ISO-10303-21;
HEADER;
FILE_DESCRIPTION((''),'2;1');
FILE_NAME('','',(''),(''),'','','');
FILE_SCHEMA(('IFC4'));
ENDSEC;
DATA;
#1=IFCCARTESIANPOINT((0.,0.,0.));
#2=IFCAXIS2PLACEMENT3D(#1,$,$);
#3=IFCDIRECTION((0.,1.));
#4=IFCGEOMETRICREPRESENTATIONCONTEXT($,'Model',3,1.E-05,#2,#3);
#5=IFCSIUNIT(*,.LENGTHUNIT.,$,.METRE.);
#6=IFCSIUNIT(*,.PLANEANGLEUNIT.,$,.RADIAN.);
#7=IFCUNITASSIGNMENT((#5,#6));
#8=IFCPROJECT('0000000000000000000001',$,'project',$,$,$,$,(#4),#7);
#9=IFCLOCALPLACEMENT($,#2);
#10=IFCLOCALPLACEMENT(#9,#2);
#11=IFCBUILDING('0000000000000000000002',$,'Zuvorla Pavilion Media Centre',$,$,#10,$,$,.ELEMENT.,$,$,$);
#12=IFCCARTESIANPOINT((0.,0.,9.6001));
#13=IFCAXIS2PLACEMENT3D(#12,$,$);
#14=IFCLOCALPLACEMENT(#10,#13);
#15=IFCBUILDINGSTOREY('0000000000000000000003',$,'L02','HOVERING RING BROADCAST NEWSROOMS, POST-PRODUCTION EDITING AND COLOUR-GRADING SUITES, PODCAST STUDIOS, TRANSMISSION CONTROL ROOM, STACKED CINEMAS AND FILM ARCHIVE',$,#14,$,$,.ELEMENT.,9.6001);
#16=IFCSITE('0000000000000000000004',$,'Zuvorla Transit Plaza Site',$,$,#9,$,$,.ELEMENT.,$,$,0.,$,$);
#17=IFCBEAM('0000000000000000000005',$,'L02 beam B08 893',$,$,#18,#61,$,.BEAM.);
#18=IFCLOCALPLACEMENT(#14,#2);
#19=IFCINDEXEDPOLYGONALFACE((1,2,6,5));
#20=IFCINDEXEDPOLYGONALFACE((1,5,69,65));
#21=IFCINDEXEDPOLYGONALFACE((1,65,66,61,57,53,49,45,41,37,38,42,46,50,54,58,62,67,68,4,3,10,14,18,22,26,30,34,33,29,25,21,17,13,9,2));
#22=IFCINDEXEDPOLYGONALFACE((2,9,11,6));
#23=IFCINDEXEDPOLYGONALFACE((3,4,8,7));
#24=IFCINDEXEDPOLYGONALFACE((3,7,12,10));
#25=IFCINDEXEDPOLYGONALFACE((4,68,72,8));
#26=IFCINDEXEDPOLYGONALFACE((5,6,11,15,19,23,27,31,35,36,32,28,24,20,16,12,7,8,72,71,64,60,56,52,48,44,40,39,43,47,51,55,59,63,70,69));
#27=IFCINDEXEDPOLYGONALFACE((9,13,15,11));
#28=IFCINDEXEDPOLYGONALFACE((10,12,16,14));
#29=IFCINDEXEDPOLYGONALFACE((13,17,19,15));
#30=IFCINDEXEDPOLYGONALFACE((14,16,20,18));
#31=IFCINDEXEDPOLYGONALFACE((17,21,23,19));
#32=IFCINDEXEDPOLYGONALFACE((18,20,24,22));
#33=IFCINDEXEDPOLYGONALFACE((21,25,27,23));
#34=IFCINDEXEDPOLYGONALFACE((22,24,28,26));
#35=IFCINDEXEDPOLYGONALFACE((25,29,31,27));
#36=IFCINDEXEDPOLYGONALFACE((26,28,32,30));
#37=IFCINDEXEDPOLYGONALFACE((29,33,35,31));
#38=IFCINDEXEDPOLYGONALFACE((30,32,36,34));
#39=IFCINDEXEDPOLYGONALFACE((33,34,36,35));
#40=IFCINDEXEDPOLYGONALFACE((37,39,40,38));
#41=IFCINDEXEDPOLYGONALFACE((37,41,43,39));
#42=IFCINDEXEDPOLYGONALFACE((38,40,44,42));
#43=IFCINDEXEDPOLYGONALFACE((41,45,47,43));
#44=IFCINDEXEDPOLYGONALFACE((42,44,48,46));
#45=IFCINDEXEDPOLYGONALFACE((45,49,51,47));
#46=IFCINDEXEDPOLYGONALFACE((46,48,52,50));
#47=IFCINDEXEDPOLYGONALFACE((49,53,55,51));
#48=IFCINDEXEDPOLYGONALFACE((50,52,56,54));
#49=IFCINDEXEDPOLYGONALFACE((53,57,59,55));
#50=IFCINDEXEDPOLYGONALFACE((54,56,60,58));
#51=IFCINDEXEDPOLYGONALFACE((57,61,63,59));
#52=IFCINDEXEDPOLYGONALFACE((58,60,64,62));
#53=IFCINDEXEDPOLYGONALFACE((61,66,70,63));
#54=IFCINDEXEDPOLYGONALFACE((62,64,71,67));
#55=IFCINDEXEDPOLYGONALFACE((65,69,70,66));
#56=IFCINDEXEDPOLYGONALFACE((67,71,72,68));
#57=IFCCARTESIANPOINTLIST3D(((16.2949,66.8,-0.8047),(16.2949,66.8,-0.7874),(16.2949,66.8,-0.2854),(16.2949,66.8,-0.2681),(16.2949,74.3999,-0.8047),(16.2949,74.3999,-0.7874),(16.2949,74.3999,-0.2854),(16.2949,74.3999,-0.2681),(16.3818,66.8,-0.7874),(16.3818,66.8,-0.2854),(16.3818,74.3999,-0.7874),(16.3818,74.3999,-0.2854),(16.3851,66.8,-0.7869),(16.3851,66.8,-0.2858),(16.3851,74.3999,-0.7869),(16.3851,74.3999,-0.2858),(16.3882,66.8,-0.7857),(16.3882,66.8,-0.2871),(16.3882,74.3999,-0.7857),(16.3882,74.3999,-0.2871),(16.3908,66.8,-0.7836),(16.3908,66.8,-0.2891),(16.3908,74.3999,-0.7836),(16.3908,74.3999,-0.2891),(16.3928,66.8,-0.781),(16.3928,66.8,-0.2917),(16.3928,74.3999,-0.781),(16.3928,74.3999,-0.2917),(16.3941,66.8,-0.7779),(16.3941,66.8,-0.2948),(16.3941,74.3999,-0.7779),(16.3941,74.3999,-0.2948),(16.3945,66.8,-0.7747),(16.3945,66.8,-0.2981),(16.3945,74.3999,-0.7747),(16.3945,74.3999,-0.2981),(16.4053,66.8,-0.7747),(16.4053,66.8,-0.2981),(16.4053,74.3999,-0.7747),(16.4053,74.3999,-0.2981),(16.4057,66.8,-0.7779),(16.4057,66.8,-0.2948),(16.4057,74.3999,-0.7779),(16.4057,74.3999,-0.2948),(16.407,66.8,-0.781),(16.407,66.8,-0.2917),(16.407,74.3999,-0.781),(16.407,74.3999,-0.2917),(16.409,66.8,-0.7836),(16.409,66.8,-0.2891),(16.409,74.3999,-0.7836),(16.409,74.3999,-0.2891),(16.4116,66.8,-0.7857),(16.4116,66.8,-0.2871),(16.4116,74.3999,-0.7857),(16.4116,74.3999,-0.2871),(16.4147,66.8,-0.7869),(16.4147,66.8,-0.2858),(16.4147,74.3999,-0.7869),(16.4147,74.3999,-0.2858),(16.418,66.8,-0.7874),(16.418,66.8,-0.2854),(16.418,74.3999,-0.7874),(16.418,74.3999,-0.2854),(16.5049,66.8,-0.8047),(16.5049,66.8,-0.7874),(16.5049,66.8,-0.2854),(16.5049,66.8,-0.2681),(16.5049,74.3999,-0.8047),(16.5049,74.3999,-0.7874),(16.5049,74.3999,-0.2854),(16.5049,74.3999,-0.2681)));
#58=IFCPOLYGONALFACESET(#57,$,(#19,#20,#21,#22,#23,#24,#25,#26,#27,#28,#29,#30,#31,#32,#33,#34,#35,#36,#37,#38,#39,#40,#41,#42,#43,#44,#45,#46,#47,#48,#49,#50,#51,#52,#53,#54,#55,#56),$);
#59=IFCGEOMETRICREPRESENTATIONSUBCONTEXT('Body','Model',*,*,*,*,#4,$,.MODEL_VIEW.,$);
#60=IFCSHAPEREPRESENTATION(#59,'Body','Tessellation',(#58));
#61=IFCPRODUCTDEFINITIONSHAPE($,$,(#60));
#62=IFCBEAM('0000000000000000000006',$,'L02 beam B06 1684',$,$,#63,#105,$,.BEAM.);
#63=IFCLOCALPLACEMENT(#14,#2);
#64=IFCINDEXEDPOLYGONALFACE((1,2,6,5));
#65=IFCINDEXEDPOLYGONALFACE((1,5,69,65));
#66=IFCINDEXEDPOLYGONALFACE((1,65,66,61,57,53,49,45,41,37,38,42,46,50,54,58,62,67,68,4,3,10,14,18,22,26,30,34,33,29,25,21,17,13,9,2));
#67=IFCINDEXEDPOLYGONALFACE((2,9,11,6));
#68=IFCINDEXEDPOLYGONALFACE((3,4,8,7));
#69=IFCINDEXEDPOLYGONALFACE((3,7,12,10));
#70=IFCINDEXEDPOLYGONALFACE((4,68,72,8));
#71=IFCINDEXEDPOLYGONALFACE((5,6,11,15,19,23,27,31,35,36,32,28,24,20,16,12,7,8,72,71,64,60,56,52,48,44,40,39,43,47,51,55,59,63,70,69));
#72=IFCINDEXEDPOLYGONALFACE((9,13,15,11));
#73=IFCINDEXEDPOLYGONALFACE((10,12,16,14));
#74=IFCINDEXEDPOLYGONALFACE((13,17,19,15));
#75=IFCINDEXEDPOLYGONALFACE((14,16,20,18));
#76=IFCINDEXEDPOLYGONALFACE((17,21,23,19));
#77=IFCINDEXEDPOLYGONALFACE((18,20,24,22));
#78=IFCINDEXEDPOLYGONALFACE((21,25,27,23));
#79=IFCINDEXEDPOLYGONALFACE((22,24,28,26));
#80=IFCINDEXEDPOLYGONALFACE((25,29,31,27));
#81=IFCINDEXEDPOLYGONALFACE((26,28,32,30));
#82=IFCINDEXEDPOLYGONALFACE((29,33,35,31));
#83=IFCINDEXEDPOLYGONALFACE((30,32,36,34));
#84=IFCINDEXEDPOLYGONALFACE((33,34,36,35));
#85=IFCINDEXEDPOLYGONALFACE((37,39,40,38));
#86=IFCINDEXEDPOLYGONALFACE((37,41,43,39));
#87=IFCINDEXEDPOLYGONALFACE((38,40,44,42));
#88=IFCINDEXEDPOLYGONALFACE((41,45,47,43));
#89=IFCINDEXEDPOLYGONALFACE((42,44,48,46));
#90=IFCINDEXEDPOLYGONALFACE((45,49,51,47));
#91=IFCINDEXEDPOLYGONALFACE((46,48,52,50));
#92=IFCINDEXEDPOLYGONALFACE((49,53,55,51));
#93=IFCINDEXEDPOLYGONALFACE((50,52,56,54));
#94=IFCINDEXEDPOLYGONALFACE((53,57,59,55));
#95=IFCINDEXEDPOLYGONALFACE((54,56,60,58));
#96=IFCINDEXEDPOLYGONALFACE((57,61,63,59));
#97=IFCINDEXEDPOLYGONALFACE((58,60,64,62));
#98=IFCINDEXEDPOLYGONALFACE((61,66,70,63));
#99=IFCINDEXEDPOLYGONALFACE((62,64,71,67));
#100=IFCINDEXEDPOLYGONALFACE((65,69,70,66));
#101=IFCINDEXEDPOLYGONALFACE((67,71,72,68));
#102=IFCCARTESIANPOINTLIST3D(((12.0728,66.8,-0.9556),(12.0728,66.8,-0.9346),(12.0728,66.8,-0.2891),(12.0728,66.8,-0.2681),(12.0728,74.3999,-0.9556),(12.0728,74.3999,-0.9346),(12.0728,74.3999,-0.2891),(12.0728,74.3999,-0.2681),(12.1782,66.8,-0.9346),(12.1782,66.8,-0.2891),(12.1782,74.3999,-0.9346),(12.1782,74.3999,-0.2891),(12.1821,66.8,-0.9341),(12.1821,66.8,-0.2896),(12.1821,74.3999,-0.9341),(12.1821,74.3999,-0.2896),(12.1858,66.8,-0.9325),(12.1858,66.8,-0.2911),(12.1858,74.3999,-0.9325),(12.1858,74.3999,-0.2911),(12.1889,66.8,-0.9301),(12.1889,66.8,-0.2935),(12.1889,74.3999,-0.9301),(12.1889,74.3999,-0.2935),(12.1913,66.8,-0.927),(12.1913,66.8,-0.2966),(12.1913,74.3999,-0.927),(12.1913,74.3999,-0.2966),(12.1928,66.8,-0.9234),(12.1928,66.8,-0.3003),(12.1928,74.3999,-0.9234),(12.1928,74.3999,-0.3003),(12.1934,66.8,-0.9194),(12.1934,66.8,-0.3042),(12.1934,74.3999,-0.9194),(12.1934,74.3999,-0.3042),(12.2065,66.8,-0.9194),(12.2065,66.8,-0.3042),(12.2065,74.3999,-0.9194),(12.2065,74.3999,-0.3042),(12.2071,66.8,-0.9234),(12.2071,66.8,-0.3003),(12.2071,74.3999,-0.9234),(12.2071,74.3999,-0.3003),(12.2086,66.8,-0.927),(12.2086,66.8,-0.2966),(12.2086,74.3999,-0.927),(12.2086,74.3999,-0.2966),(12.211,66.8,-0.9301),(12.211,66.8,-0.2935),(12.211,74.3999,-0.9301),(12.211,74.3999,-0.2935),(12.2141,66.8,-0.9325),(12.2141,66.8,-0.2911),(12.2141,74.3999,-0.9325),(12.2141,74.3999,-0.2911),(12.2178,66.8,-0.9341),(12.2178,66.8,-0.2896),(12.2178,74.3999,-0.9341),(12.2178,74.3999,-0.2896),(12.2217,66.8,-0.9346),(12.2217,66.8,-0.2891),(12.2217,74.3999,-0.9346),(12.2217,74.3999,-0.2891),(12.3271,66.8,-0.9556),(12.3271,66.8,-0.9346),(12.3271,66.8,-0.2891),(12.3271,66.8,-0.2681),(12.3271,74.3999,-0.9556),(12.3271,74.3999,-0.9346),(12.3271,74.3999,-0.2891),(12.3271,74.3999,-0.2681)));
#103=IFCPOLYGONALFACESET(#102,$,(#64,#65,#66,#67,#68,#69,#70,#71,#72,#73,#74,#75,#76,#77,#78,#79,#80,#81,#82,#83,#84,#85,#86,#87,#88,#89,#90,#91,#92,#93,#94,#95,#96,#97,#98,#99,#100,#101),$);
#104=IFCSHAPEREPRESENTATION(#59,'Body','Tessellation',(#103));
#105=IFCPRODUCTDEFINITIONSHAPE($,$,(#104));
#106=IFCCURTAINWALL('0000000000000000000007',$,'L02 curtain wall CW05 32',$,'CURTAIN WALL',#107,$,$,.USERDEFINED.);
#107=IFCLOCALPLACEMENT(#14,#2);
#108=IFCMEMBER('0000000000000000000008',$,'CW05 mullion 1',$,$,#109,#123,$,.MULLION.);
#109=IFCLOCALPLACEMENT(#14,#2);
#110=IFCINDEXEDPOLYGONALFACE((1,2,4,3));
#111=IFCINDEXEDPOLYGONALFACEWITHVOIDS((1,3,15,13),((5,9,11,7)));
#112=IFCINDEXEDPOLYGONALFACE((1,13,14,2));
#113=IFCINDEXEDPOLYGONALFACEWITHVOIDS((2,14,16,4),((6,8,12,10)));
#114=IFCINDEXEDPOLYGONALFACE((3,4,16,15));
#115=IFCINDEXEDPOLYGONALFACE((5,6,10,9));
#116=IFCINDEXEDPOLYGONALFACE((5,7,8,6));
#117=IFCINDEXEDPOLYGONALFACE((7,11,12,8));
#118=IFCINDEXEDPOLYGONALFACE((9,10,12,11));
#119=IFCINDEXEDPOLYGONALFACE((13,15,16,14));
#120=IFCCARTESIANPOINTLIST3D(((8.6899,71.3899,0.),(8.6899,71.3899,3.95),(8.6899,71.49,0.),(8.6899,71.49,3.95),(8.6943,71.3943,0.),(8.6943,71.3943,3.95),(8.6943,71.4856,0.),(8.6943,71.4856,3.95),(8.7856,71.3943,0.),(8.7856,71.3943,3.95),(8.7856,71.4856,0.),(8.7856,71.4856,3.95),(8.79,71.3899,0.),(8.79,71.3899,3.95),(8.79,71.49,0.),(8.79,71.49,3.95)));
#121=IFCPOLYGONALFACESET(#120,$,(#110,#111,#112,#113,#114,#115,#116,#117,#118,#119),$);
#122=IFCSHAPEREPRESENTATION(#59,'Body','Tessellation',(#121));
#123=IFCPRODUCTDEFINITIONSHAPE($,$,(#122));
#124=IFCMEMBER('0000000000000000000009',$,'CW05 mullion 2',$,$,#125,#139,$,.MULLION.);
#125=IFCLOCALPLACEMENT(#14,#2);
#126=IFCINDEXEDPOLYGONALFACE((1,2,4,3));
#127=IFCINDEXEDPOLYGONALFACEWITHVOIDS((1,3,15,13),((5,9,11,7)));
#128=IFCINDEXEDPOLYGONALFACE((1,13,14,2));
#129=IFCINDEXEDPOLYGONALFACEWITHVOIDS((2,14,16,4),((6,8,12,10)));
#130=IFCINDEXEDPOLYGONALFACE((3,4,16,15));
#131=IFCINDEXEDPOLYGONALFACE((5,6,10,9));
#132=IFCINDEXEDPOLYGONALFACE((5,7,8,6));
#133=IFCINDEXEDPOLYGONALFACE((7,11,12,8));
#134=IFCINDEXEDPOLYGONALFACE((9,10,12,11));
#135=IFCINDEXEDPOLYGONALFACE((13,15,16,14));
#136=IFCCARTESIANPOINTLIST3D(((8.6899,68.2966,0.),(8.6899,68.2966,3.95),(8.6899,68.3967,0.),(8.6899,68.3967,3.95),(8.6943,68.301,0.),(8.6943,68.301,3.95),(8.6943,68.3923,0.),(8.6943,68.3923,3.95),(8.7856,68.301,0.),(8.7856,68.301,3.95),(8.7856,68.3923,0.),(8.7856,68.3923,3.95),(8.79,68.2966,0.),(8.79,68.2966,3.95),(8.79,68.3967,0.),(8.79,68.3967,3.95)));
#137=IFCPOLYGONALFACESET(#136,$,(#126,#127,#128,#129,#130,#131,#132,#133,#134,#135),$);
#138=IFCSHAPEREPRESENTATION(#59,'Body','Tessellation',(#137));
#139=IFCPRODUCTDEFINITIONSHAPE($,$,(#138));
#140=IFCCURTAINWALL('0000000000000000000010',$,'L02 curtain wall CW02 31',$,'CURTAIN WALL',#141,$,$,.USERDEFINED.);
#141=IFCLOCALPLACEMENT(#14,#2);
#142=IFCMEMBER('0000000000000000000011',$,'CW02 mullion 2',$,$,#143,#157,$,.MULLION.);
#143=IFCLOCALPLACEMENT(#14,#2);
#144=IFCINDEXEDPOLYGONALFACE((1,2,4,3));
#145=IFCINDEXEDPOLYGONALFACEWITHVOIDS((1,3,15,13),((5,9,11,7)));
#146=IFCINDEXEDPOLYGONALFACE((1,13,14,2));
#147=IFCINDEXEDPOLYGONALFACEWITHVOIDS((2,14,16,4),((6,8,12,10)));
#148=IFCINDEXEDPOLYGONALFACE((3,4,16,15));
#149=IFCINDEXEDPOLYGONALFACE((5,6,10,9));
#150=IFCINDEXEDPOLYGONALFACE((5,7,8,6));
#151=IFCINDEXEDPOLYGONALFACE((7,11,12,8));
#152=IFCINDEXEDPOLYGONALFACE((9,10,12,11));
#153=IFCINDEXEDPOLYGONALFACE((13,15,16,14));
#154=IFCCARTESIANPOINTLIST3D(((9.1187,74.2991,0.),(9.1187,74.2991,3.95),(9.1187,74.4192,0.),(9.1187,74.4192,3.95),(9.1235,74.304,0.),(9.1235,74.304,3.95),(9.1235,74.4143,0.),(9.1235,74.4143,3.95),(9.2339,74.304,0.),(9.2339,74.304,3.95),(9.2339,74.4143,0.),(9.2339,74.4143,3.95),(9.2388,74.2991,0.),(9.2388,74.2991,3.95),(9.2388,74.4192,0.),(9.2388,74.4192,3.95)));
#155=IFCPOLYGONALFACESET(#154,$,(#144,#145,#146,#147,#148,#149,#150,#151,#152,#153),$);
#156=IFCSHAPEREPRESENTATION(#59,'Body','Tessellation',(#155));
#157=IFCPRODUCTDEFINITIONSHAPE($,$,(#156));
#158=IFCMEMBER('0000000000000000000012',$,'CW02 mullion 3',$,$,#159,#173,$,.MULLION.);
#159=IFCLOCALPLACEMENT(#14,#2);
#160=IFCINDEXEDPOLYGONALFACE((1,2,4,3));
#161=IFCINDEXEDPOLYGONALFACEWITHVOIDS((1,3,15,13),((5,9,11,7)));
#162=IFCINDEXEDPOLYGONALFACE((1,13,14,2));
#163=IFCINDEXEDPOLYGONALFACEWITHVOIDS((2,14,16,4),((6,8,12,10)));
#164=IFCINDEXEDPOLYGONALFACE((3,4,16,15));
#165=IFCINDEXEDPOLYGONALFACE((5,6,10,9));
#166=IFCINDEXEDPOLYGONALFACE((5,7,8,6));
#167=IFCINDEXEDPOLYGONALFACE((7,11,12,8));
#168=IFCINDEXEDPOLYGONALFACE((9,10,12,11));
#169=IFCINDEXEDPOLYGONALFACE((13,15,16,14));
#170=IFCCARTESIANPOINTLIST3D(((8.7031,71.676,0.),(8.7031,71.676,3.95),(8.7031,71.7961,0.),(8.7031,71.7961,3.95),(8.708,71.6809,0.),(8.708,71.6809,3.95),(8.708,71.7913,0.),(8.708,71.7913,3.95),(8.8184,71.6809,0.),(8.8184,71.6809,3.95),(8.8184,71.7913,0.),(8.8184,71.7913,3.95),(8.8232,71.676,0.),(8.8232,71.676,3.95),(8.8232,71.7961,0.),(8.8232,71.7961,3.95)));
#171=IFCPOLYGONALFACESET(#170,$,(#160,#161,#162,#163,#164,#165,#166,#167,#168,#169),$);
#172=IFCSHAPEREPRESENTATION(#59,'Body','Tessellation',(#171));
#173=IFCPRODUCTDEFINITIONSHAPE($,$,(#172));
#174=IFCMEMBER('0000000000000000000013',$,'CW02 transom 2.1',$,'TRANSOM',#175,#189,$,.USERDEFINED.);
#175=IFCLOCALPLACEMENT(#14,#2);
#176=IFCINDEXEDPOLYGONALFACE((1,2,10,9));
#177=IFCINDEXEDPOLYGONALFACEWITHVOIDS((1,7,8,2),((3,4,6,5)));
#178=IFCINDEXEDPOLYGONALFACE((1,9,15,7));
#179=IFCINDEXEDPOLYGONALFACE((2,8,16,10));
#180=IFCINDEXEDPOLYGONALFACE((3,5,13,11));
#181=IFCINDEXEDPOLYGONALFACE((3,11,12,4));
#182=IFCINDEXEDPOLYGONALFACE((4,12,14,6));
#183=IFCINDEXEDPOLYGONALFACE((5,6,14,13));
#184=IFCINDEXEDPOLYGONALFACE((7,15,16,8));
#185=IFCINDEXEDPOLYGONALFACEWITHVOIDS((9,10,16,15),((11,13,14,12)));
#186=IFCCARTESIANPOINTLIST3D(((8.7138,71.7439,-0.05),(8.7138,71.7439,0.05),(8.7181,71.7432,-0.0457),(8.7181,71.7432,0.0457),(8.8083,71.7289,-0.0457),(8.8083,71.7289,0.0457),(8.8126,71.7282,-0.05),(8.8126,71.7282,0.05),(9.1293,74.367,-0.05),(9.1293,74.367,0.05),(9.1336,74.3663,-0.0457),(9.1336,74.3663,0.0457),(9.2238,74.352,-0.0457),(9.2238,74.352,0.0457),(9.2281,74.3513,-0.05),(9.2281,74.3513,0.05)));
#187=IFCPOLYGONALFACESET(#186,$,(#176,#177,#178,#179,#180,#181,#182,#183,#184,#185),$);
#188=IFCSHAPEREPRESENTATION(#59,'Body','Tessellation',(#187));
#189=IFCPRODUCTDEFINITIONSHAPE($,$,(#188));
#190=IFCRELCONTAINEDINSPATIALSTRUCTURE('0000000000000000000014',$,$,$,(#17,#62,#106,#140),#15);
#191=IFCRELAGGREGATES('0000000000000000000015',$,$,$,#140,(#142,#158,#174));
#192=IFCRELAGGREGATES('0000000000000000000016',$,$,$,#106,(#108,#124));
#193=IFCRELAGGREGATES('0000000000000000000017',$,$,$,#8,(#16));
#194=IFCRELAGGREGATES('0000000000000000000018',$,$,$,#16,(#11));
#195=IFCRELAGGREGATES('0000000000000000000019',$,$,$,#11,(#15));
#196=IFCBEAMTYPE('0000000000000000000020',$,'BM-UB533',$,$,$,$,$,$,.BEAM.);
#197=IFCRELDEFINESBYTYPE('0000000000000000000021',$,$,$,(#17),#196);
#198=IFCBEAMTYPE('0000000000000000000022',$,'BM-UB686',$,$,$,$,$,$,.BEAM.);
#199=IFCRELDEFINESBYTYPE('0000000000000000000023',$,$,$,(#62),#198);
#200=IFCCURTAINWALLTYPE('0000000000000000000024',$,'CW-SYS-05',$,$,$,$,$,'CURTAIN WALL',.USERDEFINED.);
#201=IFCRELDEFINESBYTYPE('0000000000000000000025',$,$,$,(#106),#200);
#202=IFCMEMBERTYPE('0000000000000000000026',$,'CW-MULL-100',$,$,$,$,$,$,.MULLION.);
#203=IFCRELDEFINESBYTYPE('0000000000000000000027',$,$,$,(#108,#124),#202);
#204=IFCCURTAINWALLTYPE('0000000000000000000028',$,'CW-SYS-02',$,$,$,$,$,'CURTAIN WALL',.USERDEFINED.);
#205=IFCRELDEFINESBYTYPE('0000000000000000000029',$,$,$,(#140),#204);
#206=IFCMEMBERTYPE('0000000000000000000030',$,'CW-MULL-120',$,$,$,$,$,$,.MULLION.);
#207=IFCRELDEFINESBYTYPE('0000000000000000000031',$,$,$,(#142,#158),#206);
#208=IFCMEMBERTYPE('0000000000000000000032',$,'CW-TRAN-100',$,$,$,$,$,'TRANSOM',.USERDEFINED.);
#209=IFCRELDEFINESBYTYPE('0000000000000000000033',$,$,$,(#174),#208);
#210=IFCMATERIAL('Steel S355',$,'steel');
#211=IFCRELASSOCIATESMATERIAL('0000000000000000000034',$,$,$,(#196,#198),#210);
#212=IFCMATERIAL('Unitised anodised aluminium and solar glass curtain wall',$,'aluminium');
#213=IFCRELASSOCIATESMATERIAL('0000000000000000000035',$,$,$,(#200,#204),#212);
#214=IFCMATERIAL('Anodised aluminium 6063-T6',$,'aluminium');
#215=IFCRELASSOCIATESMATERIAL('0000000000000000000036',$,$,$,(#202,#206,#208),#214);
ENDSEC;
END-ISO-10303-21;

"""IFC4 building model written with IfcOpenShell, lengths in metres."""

from ifc_helpers import new_model, si_unit, direction, frame, origin, origin_2d, place, context, subcontext, project, spatial, hollow_rectangle, i_section, extrude, material, material_profile, profile_set, type_object, element, aggregate, save


model = new_model("IFC4")

# Units and contexts
model_context = context("Model", 3, precision=1e-05, world=origin(), true_north=direction((0.0, 1.0)))
body_context = subcontext(model_context, "Body", "Model", "MODEL_VIEW")
ifc_project = project(units=[si_unit("LENGTHUNIT", "METRE"), si_unit("PLANEANGLEUNIT", "RADIAN")], contexts=[model_context])

# Site, building, storey
site_placement = place(None, origin())
site = spatial("IfcSite", under=ifc_project, at=site_placement, Name="Zuvorla Transit Plaza Site", CompositionType="ELEMENT", RefElevation=0.0)
building_placement = place(site_placement, origin())
building = spatial("IfcBuilding", under=site, at=building_placement, Name="Zuvorla Pavilion Media Centre", CompositionType="ELEMENT")
storey_placement = place(building_placement, frame((0.0, 0.0, 9.6001)))
storey = spatial("IfcBuildingStorey", under=building, at=storey_placement, Name="L02", Description="HOVERING RING BROADCAST NEWSROOMS, POST-PRODUCTION EDITING AND COLOUR-GRADING SUITES, PODCAST STUDIOS, TRANSMISSION CONTROL ROOM, STACKED CINEMAS AND FILM ARCHIVE", CompositionType="ELEMENT", Elevation=9.6001)

# Shared definitions
ifc_material_1 = material(Name="Steel S355", Category="steel")

# Beams
ifc_material_profile_1 = material_profile(ifc_material_1, i_section(OverallWidth=0.21, OverallDepth=0.5366, WebThickness=0.0107, FlangeThickness=0.0173, FilletRadius=0.0127, at=origin_2d()), Name="UB 533x210x101")
ifc_profile_set_1 = profile_set([ifc_material_profile_1], Name="Steel S355")
beam_type_1 = type_object("IfcBeamType", Name="BM-UB533", PredefinedType="BEAM", material=ifc_profile_set_1)
beam_1_placement = place(storey_placement, frame((16.3999, 66.8, -0.5364), z_axis=(0.0, 1.0, 0.0), x_axis=(-1.0, 0.0, 0.0)))
element("IfcBeam", 1, at=beam_1_placement, inside=storey, type_object=beam_type_1, Name="L02 beam B08 893", PredefinedType="BEAM", context=body_context, shape_type="SweptSolid", body=[
    extrude(i_section(OverallWidth=0.21, OverallDepth=0.5366, WebThickness=0.0107, FlangeThickness=0.0173, FilletRadius=0.0127, at=origin_2d()), origin(), (0.0, 0.0, 1.0), 7.5999),
])
ifc_material_profile_2 = material_profile(ifc_material_1, i_section(OverallWidth=0.2544, OverallDepth=0.6875, WebThickness=0.0132, FlangeThickness=0.021, FilletRadius=0.0151, at=origin_2d()), Name="UB 686x254x152")
ifc_profile_set_2 = profile_set([ifc_material_profile_2], Name="Steel S355")
beam_type_2 = type_object("IfcBeamType", Name="BM-UB686", PredefinedType="BEAM", material=ifc_profile_set_2)
beam_2_placement = place(storey_placement, frame((12.2, 66.8, -0.6118), z_axis=(0.0, 1.0, 0.0), x_axis=(-1.0, 0.0, 0.0)))
element("IfcBeam", 2, at=beam_2_placement, inside=storey, type_object=beam_type_2, Name="L02 beam B06 1684", PredefinedType="BEAM", context=body_context, shape_type="SweptSolid", body=[
    extrude(i_section(OverallWidth=0.2544, OverallDepth=0.6875, WebThickness=0.0132, FlangeThickness=0.021, FilletRadius=0.0151, at=origin_2d()), origin(), (0.0, 0.0, 1.0), 7.5999),
])

# Curtain walls, members
ifc_material_2 = material(Name="Unitised anodised aluminium and solar glass curtain wall", Category="aluminium")
curtain_wall_type_1 = type_object("IfcCurtainWallType", Name="CW-SYS-05", ElementType="CURTAIN WALL", PredefinedType="USERDEFINED", material=ifc_material_2)
curtain_wall_1_placement = place(storey_placement, origin())
curtain_wall_1 = element("IfcCurtainWall", 3, at=curtain_wall_1_placement, inside=storey, type_object=curtain_wall_type_1, Name="L02 curtain wall CW05 32", ObjectType="CURTAIN WALL", PredefinedType="USERDEFINED")
ifc_material_3 = material(Name="Anodised aluminium 6063-T6", Category="aluminium")
ifc_material_profile_3 = material_profile(ifc_material_3, hollow_rectangle(XDim=0.1001, YDim=0.1001, WallThickness=0.0044, at=origin_2d()), Name="ALU MULL 100x100")
ifc_profile_set_3 = profile_set([ifc_material_profile_3], Name="Anodised aluminium 6063-T6")
member_type_1 = type_object("IfcMemberType", Name="CW-MULL-100", PredefinedType="MULLION", material=ifc_profile_set_3)
member_1_placement = place(storey_placement, frame((8.74, 71.4399, 0.0), z_axis=(0.0, 0.0, 1.0), x_axis=(1.0, 0.0, 0.0)))
member_1 = element("IfcMember", 4, at=member_1_placement, type_object=member_type_1, Name="CW05 mullion 1", PredefinedType="MULLION", context=body_context, shape_type="SweptSolid", body=[
    extrude(hollow_rectangle(XDim=0.1001, YDim=0.1001, WallThickness=0.0044, at=origin_2d()), origin(), (0.0, 0.0, 1.0), 3.95),
])
member_2_placement = place(storey_placement, frame((8.74, 68.3467, 0.0), z_axis=(0.0, 0.0, 1.0), x_axis=(1.0, 0.0, 0.0)))
member_2 = element("IfcMember", 5, at=member_2_placement, type_object=member_type_1, Name="CW05 mullion 2", PredefinedType="MULLION", context=body_context, shape_type="SweptSolid", body=[
    extrude(hollow_rectangle(XDim=0.1001, YDim=0.1001, WallThickness=0.0044, at=origin_2d()), origin(), (0.0, 0.0, 1.0), 3.95),
])
curtain_wall_type_2 = type_object("IfcCurtainWallType", Name="CW-SYS-02", ElementType="CURTAIN WALL", PredefinedType="USERDEFINED", material=ifc_material_2)
curtain_wall_2_placement = place(storey_placement, origin())
curtain_wall_2 = element("IfcCurtainWall", 6, at=curtain_wall_2_placement, inside=storey, type_object=curtain_wall_type_2, Name="L02 curtain wall CW02 31", ObjectType="CURTAIN WALL", PredefinedType="USERDEFINED")
ifc_material_profile_4 = material_profile(ifc_material_3, hollow_rectangle(XDim=0.1201, YDim=0.1201, WallThickness=0.0049, at=origin_2d()), Name="ALU MULL 120x120")
ifc_profile_set_4 = profile_set([ifc_material_profile_4], Name="Anodised aluminium 6063-T6")
member_type_2 = type_object("IfcMemberType", Name="CW-MULL-120", PredefinedType="MULLION", material=ifc_profile_set_4)
member_3_placement = place(storey_placement, frame((9.1787, 74.3591, 0.0), z_axis=(0.0, 0.0, 1.0), x_axis=(1.0, 0.0, 0.0)))
member_3 = element("IfcMember", 7, at=member_3_placement, type_object=member_type_2, Name="CW02 mullion 2", PredefinedType="MULLION", context=body_context, shape_type="SweptSolid", body=[
    extrude(hollow_rectangle(XDim=0.1201, YDim=0.1201, WallThickness=0.0049, at=origin_2d()), origin(), (0.0, 0.0, 1.0), 3.95),
])
member_4_placement = place(storey_placement, frame((8.7632, 71.7361, 0.0), z_axis=(0.0, 0.0, 1.0), x_axis=(1.0, 0.0, 0.0)))
member_4 = element("IfcMember", 8, at=member_4_placement, type_object=member_type_2, Name="CW02 mullion 3", PredefinedType="MULLION", context=body_context, shape_type="SweptSolid", body=[
    extrude(hollow_rectangle(XDim=0.1201, YDim=0.1201, WallThickness=0.0049, at=origin_2d()), origin(), (0.0, 0.0, 1.0), 3.95),
])
ifc_material_profile_5 = material_profile(ifc_material_3, hollow_rectangle(XDim=0.1001, YDim=0.1001, WallThickness=0.0044, at=origin_2d()), Name="ALU TRAN 100x100")
ifc_profile_set_5 = profile_set([ifc_material_profile_5], Name="Anodised aluminium 6063-T6")
member_type_3 = type_object("IfcMemberType", Name="CW-TRAN-100", ElementType="TRANSOM", PredefinedType="USERDEFINED", material=ifc_profile_set_5)
member_5_placement = place(storey_placement, frame((9.1787, 74.3591, 0.0), z_axis=(-0.156463, -0.987684, 0.0), x_axis=(0.987684, -0.156463, 0.0)))
member_5 = element("IfcMember", 9, at=member_5_placement, type_object=member_type_3, Name="CW02 transom 2.1", ObjectType="TRANSOM", PredefinedType="USERDEFINED", context=body_context, shape_type="SweptSolid", body=[
    extrude(hollow_rectangle(XDim=0.1001, YDim=0.1001, WallThickness=0.0044, at=origin_2d()), origin(), (0.0, 0.0, 1.0), 2.6558),
])

aggregate(curtain_wall_2, [member_3, member_4, member_5])
aggregate(curtain_wall_1, [member_1, member_2])

save(model, "model.ifc")
